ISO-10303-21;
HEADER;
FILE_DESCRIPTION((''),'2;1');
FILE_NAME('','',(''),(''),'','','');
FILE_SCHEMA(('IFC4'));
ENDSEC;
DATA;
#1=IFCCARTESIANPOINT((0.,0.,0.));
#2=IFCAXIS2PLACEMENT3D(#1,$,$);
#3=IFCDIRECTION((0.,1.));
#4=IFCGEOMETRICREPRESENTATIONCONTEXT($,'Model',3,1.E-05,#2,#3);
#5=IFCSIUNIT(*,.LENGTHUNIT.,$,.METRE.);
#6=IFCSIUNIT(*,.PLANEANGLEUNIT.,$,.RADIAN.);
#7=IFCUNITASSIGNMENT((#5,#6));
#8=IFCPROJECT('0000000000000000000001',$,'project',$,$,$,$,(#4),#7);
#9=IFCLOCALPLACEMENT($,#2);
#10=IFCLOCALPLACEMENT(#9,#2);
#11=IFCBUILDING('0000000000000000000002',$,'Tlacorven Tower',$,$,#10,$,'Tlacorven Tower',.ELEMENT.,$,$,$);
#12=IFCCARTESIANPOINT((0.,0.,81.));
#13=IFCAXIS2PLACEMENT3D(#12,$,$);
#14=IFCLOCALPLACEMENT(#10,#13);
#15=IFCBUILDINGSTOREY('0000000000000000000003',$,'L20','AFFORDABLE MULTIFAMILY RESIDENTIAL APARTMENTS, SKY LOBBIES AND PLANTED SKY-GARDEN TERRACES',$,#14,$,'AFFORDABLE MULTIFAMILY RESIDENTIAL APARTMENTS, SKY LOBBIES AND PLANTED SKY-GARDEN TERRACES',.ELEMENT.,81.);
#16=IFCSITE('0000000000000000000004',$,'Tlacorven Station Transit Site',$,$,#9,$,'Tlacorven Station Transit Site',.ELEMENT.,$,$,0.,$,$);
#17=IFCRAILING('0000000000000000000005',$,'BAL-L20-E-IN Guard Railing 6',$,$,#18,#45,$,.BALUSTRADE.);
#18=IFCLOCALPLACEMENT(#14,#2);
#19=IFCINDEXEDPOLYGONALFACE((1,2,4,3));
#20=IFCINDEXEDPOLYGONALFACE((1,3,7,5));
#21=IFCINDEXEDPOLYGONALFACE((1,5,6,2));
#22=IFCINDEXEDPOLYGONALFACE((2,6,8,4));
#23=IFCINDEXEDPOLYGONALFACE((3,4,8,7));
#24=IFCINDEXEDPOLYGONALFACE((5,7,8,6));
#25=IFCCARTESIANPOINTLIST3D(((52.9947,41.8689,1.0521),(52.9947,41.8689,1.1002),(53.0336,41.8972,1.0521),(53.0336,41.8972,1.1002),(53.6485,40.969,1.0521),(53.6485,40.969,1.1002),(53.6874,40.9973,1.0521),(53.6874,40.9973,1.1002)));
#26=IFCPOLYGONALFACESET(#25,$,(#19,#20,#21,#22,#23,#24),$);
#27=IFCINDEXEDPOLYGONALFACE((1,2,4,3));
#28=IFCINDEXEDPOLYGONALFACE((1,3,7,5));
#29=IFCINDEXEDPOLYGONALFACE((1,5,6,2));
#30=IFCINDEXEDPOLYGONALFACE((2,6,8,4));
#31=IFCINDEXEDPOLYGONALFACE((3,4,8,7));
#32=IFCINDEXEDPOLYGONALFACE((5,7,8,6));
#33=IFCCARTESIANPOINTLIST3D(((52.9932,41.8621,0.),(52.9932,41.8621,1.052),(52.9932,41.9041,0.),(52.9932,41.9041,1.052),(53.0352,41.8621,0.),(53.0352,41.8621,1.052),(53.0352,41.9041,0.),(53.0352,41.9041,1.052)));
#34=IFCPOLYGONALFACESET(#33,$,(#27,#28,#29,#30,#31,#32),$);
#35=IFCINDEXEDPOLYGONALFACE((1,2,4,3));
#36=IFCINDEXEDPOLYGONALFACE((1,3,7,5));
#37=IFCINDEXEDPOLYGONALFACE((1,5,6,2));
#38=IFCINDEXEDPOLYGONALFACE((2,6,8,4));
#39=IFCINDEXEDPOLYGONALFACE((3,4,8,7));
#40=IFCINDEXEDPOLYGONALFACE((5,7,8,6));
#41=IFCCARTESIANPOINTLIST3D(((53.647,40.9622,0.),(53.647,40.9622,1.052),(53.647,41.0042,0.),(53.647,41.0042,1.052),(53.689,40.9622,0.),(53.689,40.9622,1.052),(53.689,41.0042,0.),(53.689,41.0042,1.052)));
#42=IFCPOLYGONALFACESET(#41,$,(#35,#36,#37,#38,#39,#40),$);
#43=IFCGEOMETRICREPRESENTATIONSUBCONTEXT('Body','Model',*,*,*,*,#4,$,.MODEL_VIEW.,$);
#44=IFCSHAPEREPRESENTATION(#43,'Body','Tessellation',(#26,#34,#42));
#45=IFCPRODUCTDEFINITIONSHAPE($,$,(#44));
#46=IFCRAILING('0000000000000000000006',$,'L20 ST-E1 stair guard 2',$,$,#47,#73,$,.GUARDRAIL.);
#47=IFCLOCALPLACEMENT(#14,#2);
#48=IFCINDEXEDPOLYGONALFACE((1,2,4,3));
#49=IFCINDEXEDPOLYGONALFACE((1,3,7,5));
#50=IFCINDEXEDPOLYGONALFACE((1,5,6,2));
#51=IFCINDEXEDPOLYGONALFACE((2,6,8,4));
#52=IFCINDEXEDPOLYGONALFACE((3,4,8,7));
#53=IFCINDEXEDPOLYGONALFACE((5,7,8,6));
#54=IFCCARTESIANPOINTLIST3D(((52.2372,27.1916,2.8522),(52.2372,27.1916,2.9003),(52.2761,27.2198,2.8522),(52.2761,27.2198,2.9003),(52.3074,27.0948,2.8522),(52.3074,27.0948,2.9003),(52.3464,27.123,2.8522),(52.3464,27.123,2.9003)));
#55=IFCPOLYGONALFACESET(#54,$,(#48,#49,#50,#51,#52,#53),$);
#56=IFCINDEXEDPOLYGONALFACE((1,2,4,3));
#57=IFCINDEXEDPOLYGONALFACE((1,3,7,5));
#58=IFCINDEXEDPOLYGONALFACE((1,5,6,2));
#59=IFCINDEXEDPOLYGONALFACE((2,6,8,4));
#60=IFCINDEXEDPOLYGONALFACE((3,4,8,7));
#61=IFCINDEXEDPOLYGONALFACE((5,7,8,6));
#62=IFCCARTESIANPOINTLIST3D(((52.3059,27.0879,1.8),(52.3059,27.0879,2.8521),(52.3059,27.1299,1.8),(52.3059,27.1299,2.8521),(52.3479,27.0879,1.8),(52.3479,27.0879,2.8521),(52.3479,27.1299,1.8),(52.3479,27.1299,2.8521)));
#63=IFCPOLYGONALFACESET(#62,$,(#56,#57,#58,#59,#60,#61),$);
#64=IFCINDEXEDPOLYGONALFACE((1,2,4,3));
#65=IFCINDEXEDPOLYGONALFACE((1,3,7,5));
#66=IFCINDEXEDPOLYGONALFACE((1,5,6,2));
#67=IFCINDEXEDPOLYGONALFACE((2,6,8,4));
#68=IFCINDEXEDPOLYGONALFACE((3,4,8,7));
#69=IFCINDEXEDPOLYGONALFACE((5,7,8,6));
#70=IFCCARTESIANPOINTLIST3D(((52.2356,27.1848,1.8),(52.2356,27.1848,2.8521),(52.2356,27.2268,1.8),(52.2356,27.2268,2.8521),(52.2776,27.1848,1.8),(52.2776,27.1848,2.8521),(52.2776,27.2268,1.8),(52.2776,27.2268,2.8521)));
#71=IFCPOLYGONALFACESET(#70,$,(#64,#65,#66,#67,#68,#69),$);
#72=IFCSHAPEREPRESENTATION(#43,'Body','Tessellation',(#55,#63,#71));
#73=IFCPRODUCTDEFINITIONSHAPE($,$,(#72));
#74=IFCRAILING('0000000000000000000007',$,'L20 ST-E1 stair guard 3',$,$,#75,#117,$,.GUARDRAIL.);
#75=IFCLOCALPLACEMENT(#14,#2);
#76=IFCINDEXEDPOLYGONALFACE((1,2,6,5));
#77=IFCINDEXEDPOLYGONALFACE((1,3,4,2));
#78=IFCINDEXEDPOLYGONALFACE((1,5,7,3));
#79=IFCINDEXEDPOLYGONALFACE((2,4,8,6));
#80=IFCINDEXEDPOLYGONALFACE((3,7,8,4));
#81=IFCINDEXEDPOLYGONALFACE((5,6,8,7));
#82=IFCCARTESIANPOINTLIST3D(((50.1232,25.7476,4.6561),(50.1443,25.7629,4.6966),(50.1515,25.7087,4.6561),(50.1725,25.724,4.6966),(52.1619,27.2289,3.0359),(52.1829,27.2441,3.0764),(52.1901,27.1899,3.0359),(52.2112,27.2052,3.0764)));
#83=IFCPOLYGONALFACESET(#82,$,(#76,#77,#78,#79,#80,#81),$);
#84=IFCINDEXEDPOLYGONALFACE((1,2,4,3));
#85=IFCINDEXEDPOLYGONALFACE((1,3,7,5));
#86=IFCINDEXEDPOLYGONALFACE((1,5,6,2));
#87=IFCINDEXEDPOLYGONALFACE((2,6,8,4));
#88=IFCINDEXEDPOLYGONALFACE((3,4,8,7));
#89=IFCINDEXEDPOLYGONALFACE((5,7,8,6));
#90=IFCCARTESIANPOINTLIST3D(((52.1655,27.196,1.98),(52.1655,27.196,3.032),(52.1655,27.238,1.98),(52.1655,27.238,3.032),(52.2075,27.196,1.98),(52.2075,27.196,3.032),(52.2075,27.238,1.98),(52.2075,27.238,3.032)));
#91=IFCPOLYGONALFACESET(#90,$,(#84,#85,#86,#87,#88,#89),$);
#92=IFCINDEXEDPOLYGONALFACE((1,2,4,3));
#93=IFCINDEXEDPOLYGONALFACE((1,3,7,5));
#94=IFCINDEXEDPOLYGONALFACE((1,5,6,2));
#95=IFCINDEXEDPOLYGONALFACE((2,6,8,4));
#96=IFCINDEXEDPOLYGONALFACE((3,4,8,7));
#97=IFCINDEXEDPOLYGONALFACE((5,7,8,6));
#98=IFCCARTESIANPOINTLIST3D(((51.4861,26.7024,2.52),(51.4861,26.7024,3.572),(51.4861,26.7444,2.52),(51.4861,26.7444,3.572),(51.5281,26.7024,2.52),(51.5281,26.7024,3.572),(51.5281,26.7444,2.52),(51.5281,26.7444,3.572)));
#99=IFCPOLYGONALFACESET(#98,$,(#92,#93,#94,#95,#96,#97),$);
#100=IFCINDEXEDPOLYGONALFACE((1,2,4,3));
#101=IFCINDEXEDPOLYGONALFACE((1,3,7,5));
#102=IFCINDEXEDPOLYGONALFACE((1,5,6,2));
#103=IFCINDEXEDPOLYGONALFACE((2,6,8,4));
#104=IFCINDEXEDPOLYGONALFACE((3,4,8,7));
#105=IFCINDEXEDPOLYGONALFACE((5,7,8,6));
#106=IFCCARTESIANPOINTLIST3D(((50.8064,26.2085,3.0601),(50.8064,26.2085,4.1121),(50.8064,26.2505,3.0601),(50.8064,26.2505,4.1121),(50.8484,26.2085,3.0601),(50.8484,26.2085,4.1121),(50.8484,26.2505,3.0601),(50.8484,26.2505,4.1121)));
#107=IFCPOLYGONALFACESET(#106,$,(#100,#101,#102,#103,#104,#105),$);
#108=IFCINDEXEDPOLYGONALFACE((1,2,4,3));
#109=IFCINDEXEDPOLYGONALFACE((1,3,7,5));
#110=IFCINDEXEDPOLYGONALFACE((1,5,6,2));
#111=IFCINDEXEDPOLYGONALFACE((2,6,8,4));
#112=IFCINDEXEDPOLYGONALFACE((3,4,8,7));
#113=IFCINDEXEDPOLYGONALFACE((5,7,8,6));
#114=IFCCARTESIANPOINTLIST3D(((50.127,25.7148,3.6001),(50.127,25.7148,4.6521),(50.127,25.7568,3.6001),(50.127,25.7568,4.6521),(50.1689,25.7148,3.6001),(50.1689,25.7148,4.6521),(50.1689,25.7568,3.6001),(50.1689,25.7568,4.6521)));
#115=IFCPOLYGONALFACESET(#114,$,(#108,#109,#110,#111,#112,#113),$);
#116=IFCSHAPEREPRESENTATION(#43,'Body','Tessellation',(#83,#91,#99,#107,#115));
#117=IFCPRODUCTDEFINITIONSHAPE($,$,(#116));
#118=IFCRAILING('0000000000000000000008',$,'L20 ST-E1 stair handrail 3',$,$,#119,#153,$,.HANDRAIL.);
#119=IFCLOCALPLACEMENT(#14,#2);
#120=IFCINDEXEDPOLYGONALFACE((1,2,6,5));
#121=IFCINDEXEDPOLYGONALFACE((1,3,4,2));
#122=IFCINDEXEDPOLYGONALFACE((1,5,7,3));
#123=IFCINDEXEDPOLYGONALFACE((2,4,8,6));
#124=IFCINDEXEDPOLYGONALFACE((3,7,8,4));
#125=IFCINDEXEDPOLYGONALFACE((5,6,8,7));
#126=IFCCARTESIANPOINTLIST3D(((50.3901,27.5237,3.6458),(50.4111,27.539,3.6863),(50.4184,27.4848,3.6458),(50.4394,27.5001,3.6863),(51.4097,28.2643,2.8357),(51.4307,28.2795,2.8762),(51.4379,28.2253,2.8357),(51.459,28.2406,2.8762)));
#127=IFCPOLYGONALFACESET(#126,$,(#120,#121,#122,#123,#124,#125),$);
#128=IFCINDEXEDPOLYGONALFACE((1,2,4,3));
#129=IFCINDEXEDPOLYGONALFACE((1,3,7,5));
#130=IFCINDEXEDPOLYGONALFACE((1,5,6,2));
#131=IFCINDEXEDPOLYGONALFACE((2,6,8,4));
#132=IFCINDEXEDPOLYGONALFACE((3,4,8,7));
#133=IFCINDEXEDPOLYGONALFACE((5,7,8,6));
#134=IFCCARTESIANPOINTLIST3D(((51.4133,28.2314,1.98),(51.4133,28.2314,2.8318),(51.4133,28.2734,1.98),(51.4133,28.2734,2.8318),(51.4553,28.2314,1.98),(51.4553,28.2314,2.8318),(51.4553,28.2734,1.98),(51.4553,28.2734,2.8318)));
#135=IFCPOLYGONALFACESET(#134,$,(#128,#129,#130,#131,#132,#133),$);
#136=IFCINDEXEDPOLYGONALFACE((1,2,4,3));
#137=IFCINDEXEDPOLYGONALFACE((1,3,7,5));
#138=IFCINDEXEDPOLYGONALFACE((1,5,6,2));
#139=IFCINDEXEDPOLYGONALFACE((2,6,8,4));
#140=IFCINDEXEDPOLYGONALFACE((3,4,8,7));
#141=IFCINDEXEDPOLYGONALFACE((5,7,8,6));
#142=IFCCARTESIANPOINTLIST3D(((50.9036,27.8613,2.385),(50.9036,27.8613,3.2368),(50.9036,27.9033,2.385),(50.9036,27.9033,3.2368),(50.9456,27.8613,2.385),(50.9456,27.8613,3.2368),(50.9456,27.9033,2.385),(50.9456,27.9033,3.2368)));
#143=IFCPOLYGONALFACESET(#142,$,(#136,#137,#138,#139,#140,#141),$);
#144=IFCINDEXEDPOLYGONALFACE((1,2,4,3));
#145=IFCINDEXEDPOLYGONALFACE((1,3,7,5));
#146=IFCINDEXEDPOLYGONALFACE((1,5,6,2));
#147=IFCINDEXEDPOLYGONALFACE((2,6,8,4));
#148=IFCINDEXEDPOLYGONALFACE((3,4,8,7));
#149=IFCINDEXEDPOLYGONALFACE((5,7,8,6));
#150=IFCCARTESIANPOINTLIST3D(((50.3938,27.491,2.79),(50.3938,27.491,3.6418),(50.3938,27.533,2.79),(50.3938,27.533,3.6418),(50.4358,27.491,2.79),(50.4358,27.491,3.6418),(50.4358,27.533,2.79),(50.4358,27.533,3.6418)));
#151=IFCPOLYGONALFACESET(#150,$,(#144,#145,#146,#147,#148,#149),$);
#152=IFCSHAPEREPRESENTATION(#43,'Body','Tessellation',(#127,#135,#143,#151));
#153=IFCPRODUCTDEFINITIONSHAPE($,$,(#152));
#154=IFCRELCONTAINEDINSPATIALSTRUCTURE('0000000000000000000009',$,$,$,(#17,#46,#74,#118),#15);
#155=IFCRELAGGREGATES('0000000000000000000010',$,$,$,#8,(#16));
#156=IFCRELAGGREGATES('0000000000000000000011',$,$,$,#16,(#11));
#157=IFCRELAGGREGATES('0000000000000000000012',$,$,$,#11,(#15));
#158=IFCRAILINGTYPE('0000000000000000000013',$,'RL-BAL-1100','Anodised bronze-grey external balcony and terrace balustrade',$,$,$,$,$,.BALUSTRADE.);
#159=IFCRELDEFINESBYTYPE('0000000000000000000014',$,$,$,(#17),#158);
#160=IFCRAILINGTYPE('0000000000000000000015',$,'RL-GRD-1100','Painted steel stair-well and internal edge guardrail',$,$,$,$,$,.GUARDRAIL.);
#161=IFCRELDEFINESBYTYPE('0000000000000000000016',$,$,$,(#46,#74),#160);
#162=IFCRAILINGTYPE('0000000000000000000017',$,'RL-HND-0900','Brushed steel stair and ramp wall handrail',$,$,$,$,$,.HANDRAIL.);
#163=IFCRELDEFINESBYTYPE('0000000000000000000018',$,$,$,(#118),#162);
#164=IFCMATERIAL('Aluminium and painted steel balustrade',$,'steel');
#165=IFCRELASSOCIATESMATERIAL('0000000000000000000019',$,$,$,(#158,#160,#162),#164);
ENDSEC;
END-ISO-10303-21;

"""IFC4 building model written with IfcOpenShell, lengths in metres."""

from ifc_helpers import new_model, si_unit, direction, frame, origin, origin_2d, place, context, subcontext, project, spatial, rectangle, extrude, source, transform, mapped, material, type_object, element, save


model = new_model("IFC4")

# Units and contexts
model_context = context("Model", 3, precision=1e-05, world=origin(), true_north=direction((0.0, 1.0)))
body_context = subcontext(model_context, "Body", "Model", "MODEL_VIEW")
ifc_project = project(units=[si_unit("LENGTHUNIT", "METRE"), si_unit("PLANEANGLEUNIT", "RADIAN")], contexts=[model_context])

# Site, building, storey
site_placement = place(None, origin())
site = spatial("IfcSite", under=ifc_project, at=site_placement, Name="Tlacorven Station Transit Site", LongName="Tlacorven Station Transit Site", CompositionType="ELEMENT", RefElevation=0.0)
building_placement = place(site_placement, origin())
building = spatial("IfcBuilding", under=site, at=building_placement, Name="Tlacorven Tower", LongName="Tlacorven Tower", CompositionType="ELEMENT")
storey_placement = place(building_placement, frame((0.0, 0.0, 81.0)))
storey = spatial("IfcBuildingStorey", under=building, at=storey_placement, Name="L20", Description="AFFORDABLE MULTIFAMILY RESIDENTIAL APARTMENTS, SKY LOBBIES AND PLANTED SKY-GARDEN TERRACES", LongName="AFFORDABLE MULTIFAMILY RESIDENTIAL APARTMENTS, SKY LOBBIES AND PLANTED SKY-GARDEN TERRACES", CompositionType="ELEMENT", Elevation=81.0)

# Shared definitions
ifc_material_1 = material(Name="Aluminium and painted steel balustrade", Category="steel")
railing_type_1 = type_object("IfcRailingType", Name="RL-BAL-1100", Description="Anodised bronze-grey external balcony and terrace balustrade", PredefinedType="BALUSTRADE", material=ifc_material_1)

# Railings
shared_shape_1 = source(origin(), body_context, "Body", "SweptSolid", [
    extrude(rectangle(XDim=0.0481, YDim=0.0481, at=origin_2d()), frame((0.0, 0.0, 1.0762), z_axis=(0.58778, -0.809021, 0.0), x_axis=(0.809021, 0.58778, 0.0)), (0.0, 0.0, 1.0), 1.1123),
    extrude(rectangle(XDim=0.042, YDim=0.042, at=origin_2d()), origin(), (0.0, 0.0, 1.0), 1.052),
    extrude(rectangle(XDim=0.042, YDim=0.042, at=origin_2d()), frame((0.6538, -0.8999, 0.0)), (0.0, 0.0, 1.0), 1.052),
])
railing_1_placement = place(storey_placement, frame((53.0142, 41.8831, 0.0)))
element("IfcRailing", 1, at=railing_1_placement, inside=storey, type_object=railing_type_1, Name="BAL-L20-E-IN Guard Railing 6", PredefinedType="BALUSTRADE", context=body_context, shape_type="MappedRepresentation", body=[
    mapped(shared_shape_1, transform((0.0, 0.0, 0.0), scale=1.0)),
])
railing_type_2 = type_object("IfcRailingType", Name="RL-GRD-1100", Description="Painted steel stair-well and internal edge guardrail", PredefinedType="GUARDRAIL", material=ifc_material_1)
shared_shape_2 = source(origin(), body_context, "Body", "SweptSolid", [
    extrude(rectangle(XDim=0.0481, YDim=0.0481, at=origin_2d()), frame((0.0, 0.0, 1.0762), z_axis=(-0.587201, 0.809441, 0.0), x_axis=(-0.809441, -0.587201, 0.0)), (0.0, 0.0, 1.0), 0.1196),
    extrude(rectangle(XDim=0.042, YDim=0.042, at=origin_2d()), origin(), (0.0, 0.0, 1.0), 1.052),
    extrude(rectangle(XDim=0.042, YDim=0.042, at=origin_2d()), frame((-0.0703, 0.0969, 0.0)), (0.0, 0.0, 1.0), 1.052),
])
railing_2_placement = place(storey_placement, frame((52.3269, 27.1089, 1.8)))
element("IfcRailing", 2, at=railing_2_placement, inside=storey, type_object=railing_type_2, Name="L20 ST-E1 stair guard 2", PredefinedType="GUARDRAIL", context=body_context, shape_type="MappedRepresentation", body=[
    mapped(shared_shape_2, transform((0.0, 0.0, 0.0), scale=1.0)),
])
shared_shape_3 = source(origin(), body_context, "Body", "SweptSolid", [
    extrude(rectangle(XDim=0.0481, YDim=0.0481, at=origin_2d()), frame((0.0, 0.0, 1.0762), z_axis=(-0.680489, -0.494434, 0.540805), x_axis=(0.587809, -0.809, 0.0)), (0.0, 0.0, 1.0), 2.9958),
    extrude(rectangle(XDim=0.042, YDim=0.042, at=origin_2d()), origin(), (0.0, 0.0, 1.0), 1.052),
    extrude(rectangle(XDim=0.042, YDim=0.042, at=origin_2d()), frame((-0.6794, -0.4937, 0.54)), (0.0, 0.0, 1.0), 1.052),
    extrude(rectangle(XDim=0.042, YDim=0.042, at=origin_2d()), frame((-1.3591, -0.9875, 1.0801)), (0.0, 0.0, 1.0), 1.052),
    extrude(rectangle(XDim=0.042, YDim=0.042, at=origin_2d()), frame((-2.0386, -1.4812, 1.6201)), (0.0, 0.0, 1.0), 1.052),
])
railing_3_placement = place(storey_placement, frame((52.1865, 27.217, 1.98)))
element("IfcRailing", 3, at=railing_3_placement, inside=storey, type_object=railing_type_2, Name="L20 ST-E1 stair guard 3", PredefinedType="GUARDRAIL", context=body_context, shape_type="MappedRepresentation", body=[
    mapped(shared_shape_3, transform((0.0, 0.0, 0.0), scale=1.0)),
])
railing_type_3 = type_object("IfcRailingType", Name="RL-HND-0900", Description="Brushed steel stair and ramp wall handrail", PredefinedType="HANDRAIL", material=ifc_material_1)
shared_shape_4 = source(origin(), body_context, "Body", "SweptSolid", [
    extrude(rectangle(XDim=0.0481, YDim=0.0481, at=origin_2d()), frame((0.0, 0.0, 0.876), z_axis=(-0.680604, -0.494318, 0.540767), x_axis=(0.587653, -0.809113, 0.0)), (0.0, 0.0, 1.0), 1.498),
    extrude(rectangle(XDim=0.042, YDim=0.042, at=origin_2d()), origin(), (0.0, 0.0, 1.0), 0.8518),
    extrude(rectangle(XDim=0.042, YDim=0.042, at=origin_2d()), frame((-0.5098, -0.3701, 0.405)), (0.0, 0.0, 1.0), 0.8518),
    extrude(rectangle(XDim=0.042, YDim=0.042, at=origin_2d()), frame((-1.0195, -0.7405, 0.8101)), (0.0, 0.0, 1.0), 0.8518),
])
railing_4_placement = place(storey_placement, frame((51.4343, 28.2524, 1.98)))
element("IfcRailing", 4, at=railing_4_placement, inside=storey, type_object=railing_type_3, Name="L20 ST-E1 stair handrail 3", PredefinedType="HANDRAIL", context=body_context, shape_type="MappedRepresentation", body=[
    mapped(shared_shape_4, transform((0.0, 0.0, 0.0), scale=1.0)),
])

save(model, "model.ifc")
